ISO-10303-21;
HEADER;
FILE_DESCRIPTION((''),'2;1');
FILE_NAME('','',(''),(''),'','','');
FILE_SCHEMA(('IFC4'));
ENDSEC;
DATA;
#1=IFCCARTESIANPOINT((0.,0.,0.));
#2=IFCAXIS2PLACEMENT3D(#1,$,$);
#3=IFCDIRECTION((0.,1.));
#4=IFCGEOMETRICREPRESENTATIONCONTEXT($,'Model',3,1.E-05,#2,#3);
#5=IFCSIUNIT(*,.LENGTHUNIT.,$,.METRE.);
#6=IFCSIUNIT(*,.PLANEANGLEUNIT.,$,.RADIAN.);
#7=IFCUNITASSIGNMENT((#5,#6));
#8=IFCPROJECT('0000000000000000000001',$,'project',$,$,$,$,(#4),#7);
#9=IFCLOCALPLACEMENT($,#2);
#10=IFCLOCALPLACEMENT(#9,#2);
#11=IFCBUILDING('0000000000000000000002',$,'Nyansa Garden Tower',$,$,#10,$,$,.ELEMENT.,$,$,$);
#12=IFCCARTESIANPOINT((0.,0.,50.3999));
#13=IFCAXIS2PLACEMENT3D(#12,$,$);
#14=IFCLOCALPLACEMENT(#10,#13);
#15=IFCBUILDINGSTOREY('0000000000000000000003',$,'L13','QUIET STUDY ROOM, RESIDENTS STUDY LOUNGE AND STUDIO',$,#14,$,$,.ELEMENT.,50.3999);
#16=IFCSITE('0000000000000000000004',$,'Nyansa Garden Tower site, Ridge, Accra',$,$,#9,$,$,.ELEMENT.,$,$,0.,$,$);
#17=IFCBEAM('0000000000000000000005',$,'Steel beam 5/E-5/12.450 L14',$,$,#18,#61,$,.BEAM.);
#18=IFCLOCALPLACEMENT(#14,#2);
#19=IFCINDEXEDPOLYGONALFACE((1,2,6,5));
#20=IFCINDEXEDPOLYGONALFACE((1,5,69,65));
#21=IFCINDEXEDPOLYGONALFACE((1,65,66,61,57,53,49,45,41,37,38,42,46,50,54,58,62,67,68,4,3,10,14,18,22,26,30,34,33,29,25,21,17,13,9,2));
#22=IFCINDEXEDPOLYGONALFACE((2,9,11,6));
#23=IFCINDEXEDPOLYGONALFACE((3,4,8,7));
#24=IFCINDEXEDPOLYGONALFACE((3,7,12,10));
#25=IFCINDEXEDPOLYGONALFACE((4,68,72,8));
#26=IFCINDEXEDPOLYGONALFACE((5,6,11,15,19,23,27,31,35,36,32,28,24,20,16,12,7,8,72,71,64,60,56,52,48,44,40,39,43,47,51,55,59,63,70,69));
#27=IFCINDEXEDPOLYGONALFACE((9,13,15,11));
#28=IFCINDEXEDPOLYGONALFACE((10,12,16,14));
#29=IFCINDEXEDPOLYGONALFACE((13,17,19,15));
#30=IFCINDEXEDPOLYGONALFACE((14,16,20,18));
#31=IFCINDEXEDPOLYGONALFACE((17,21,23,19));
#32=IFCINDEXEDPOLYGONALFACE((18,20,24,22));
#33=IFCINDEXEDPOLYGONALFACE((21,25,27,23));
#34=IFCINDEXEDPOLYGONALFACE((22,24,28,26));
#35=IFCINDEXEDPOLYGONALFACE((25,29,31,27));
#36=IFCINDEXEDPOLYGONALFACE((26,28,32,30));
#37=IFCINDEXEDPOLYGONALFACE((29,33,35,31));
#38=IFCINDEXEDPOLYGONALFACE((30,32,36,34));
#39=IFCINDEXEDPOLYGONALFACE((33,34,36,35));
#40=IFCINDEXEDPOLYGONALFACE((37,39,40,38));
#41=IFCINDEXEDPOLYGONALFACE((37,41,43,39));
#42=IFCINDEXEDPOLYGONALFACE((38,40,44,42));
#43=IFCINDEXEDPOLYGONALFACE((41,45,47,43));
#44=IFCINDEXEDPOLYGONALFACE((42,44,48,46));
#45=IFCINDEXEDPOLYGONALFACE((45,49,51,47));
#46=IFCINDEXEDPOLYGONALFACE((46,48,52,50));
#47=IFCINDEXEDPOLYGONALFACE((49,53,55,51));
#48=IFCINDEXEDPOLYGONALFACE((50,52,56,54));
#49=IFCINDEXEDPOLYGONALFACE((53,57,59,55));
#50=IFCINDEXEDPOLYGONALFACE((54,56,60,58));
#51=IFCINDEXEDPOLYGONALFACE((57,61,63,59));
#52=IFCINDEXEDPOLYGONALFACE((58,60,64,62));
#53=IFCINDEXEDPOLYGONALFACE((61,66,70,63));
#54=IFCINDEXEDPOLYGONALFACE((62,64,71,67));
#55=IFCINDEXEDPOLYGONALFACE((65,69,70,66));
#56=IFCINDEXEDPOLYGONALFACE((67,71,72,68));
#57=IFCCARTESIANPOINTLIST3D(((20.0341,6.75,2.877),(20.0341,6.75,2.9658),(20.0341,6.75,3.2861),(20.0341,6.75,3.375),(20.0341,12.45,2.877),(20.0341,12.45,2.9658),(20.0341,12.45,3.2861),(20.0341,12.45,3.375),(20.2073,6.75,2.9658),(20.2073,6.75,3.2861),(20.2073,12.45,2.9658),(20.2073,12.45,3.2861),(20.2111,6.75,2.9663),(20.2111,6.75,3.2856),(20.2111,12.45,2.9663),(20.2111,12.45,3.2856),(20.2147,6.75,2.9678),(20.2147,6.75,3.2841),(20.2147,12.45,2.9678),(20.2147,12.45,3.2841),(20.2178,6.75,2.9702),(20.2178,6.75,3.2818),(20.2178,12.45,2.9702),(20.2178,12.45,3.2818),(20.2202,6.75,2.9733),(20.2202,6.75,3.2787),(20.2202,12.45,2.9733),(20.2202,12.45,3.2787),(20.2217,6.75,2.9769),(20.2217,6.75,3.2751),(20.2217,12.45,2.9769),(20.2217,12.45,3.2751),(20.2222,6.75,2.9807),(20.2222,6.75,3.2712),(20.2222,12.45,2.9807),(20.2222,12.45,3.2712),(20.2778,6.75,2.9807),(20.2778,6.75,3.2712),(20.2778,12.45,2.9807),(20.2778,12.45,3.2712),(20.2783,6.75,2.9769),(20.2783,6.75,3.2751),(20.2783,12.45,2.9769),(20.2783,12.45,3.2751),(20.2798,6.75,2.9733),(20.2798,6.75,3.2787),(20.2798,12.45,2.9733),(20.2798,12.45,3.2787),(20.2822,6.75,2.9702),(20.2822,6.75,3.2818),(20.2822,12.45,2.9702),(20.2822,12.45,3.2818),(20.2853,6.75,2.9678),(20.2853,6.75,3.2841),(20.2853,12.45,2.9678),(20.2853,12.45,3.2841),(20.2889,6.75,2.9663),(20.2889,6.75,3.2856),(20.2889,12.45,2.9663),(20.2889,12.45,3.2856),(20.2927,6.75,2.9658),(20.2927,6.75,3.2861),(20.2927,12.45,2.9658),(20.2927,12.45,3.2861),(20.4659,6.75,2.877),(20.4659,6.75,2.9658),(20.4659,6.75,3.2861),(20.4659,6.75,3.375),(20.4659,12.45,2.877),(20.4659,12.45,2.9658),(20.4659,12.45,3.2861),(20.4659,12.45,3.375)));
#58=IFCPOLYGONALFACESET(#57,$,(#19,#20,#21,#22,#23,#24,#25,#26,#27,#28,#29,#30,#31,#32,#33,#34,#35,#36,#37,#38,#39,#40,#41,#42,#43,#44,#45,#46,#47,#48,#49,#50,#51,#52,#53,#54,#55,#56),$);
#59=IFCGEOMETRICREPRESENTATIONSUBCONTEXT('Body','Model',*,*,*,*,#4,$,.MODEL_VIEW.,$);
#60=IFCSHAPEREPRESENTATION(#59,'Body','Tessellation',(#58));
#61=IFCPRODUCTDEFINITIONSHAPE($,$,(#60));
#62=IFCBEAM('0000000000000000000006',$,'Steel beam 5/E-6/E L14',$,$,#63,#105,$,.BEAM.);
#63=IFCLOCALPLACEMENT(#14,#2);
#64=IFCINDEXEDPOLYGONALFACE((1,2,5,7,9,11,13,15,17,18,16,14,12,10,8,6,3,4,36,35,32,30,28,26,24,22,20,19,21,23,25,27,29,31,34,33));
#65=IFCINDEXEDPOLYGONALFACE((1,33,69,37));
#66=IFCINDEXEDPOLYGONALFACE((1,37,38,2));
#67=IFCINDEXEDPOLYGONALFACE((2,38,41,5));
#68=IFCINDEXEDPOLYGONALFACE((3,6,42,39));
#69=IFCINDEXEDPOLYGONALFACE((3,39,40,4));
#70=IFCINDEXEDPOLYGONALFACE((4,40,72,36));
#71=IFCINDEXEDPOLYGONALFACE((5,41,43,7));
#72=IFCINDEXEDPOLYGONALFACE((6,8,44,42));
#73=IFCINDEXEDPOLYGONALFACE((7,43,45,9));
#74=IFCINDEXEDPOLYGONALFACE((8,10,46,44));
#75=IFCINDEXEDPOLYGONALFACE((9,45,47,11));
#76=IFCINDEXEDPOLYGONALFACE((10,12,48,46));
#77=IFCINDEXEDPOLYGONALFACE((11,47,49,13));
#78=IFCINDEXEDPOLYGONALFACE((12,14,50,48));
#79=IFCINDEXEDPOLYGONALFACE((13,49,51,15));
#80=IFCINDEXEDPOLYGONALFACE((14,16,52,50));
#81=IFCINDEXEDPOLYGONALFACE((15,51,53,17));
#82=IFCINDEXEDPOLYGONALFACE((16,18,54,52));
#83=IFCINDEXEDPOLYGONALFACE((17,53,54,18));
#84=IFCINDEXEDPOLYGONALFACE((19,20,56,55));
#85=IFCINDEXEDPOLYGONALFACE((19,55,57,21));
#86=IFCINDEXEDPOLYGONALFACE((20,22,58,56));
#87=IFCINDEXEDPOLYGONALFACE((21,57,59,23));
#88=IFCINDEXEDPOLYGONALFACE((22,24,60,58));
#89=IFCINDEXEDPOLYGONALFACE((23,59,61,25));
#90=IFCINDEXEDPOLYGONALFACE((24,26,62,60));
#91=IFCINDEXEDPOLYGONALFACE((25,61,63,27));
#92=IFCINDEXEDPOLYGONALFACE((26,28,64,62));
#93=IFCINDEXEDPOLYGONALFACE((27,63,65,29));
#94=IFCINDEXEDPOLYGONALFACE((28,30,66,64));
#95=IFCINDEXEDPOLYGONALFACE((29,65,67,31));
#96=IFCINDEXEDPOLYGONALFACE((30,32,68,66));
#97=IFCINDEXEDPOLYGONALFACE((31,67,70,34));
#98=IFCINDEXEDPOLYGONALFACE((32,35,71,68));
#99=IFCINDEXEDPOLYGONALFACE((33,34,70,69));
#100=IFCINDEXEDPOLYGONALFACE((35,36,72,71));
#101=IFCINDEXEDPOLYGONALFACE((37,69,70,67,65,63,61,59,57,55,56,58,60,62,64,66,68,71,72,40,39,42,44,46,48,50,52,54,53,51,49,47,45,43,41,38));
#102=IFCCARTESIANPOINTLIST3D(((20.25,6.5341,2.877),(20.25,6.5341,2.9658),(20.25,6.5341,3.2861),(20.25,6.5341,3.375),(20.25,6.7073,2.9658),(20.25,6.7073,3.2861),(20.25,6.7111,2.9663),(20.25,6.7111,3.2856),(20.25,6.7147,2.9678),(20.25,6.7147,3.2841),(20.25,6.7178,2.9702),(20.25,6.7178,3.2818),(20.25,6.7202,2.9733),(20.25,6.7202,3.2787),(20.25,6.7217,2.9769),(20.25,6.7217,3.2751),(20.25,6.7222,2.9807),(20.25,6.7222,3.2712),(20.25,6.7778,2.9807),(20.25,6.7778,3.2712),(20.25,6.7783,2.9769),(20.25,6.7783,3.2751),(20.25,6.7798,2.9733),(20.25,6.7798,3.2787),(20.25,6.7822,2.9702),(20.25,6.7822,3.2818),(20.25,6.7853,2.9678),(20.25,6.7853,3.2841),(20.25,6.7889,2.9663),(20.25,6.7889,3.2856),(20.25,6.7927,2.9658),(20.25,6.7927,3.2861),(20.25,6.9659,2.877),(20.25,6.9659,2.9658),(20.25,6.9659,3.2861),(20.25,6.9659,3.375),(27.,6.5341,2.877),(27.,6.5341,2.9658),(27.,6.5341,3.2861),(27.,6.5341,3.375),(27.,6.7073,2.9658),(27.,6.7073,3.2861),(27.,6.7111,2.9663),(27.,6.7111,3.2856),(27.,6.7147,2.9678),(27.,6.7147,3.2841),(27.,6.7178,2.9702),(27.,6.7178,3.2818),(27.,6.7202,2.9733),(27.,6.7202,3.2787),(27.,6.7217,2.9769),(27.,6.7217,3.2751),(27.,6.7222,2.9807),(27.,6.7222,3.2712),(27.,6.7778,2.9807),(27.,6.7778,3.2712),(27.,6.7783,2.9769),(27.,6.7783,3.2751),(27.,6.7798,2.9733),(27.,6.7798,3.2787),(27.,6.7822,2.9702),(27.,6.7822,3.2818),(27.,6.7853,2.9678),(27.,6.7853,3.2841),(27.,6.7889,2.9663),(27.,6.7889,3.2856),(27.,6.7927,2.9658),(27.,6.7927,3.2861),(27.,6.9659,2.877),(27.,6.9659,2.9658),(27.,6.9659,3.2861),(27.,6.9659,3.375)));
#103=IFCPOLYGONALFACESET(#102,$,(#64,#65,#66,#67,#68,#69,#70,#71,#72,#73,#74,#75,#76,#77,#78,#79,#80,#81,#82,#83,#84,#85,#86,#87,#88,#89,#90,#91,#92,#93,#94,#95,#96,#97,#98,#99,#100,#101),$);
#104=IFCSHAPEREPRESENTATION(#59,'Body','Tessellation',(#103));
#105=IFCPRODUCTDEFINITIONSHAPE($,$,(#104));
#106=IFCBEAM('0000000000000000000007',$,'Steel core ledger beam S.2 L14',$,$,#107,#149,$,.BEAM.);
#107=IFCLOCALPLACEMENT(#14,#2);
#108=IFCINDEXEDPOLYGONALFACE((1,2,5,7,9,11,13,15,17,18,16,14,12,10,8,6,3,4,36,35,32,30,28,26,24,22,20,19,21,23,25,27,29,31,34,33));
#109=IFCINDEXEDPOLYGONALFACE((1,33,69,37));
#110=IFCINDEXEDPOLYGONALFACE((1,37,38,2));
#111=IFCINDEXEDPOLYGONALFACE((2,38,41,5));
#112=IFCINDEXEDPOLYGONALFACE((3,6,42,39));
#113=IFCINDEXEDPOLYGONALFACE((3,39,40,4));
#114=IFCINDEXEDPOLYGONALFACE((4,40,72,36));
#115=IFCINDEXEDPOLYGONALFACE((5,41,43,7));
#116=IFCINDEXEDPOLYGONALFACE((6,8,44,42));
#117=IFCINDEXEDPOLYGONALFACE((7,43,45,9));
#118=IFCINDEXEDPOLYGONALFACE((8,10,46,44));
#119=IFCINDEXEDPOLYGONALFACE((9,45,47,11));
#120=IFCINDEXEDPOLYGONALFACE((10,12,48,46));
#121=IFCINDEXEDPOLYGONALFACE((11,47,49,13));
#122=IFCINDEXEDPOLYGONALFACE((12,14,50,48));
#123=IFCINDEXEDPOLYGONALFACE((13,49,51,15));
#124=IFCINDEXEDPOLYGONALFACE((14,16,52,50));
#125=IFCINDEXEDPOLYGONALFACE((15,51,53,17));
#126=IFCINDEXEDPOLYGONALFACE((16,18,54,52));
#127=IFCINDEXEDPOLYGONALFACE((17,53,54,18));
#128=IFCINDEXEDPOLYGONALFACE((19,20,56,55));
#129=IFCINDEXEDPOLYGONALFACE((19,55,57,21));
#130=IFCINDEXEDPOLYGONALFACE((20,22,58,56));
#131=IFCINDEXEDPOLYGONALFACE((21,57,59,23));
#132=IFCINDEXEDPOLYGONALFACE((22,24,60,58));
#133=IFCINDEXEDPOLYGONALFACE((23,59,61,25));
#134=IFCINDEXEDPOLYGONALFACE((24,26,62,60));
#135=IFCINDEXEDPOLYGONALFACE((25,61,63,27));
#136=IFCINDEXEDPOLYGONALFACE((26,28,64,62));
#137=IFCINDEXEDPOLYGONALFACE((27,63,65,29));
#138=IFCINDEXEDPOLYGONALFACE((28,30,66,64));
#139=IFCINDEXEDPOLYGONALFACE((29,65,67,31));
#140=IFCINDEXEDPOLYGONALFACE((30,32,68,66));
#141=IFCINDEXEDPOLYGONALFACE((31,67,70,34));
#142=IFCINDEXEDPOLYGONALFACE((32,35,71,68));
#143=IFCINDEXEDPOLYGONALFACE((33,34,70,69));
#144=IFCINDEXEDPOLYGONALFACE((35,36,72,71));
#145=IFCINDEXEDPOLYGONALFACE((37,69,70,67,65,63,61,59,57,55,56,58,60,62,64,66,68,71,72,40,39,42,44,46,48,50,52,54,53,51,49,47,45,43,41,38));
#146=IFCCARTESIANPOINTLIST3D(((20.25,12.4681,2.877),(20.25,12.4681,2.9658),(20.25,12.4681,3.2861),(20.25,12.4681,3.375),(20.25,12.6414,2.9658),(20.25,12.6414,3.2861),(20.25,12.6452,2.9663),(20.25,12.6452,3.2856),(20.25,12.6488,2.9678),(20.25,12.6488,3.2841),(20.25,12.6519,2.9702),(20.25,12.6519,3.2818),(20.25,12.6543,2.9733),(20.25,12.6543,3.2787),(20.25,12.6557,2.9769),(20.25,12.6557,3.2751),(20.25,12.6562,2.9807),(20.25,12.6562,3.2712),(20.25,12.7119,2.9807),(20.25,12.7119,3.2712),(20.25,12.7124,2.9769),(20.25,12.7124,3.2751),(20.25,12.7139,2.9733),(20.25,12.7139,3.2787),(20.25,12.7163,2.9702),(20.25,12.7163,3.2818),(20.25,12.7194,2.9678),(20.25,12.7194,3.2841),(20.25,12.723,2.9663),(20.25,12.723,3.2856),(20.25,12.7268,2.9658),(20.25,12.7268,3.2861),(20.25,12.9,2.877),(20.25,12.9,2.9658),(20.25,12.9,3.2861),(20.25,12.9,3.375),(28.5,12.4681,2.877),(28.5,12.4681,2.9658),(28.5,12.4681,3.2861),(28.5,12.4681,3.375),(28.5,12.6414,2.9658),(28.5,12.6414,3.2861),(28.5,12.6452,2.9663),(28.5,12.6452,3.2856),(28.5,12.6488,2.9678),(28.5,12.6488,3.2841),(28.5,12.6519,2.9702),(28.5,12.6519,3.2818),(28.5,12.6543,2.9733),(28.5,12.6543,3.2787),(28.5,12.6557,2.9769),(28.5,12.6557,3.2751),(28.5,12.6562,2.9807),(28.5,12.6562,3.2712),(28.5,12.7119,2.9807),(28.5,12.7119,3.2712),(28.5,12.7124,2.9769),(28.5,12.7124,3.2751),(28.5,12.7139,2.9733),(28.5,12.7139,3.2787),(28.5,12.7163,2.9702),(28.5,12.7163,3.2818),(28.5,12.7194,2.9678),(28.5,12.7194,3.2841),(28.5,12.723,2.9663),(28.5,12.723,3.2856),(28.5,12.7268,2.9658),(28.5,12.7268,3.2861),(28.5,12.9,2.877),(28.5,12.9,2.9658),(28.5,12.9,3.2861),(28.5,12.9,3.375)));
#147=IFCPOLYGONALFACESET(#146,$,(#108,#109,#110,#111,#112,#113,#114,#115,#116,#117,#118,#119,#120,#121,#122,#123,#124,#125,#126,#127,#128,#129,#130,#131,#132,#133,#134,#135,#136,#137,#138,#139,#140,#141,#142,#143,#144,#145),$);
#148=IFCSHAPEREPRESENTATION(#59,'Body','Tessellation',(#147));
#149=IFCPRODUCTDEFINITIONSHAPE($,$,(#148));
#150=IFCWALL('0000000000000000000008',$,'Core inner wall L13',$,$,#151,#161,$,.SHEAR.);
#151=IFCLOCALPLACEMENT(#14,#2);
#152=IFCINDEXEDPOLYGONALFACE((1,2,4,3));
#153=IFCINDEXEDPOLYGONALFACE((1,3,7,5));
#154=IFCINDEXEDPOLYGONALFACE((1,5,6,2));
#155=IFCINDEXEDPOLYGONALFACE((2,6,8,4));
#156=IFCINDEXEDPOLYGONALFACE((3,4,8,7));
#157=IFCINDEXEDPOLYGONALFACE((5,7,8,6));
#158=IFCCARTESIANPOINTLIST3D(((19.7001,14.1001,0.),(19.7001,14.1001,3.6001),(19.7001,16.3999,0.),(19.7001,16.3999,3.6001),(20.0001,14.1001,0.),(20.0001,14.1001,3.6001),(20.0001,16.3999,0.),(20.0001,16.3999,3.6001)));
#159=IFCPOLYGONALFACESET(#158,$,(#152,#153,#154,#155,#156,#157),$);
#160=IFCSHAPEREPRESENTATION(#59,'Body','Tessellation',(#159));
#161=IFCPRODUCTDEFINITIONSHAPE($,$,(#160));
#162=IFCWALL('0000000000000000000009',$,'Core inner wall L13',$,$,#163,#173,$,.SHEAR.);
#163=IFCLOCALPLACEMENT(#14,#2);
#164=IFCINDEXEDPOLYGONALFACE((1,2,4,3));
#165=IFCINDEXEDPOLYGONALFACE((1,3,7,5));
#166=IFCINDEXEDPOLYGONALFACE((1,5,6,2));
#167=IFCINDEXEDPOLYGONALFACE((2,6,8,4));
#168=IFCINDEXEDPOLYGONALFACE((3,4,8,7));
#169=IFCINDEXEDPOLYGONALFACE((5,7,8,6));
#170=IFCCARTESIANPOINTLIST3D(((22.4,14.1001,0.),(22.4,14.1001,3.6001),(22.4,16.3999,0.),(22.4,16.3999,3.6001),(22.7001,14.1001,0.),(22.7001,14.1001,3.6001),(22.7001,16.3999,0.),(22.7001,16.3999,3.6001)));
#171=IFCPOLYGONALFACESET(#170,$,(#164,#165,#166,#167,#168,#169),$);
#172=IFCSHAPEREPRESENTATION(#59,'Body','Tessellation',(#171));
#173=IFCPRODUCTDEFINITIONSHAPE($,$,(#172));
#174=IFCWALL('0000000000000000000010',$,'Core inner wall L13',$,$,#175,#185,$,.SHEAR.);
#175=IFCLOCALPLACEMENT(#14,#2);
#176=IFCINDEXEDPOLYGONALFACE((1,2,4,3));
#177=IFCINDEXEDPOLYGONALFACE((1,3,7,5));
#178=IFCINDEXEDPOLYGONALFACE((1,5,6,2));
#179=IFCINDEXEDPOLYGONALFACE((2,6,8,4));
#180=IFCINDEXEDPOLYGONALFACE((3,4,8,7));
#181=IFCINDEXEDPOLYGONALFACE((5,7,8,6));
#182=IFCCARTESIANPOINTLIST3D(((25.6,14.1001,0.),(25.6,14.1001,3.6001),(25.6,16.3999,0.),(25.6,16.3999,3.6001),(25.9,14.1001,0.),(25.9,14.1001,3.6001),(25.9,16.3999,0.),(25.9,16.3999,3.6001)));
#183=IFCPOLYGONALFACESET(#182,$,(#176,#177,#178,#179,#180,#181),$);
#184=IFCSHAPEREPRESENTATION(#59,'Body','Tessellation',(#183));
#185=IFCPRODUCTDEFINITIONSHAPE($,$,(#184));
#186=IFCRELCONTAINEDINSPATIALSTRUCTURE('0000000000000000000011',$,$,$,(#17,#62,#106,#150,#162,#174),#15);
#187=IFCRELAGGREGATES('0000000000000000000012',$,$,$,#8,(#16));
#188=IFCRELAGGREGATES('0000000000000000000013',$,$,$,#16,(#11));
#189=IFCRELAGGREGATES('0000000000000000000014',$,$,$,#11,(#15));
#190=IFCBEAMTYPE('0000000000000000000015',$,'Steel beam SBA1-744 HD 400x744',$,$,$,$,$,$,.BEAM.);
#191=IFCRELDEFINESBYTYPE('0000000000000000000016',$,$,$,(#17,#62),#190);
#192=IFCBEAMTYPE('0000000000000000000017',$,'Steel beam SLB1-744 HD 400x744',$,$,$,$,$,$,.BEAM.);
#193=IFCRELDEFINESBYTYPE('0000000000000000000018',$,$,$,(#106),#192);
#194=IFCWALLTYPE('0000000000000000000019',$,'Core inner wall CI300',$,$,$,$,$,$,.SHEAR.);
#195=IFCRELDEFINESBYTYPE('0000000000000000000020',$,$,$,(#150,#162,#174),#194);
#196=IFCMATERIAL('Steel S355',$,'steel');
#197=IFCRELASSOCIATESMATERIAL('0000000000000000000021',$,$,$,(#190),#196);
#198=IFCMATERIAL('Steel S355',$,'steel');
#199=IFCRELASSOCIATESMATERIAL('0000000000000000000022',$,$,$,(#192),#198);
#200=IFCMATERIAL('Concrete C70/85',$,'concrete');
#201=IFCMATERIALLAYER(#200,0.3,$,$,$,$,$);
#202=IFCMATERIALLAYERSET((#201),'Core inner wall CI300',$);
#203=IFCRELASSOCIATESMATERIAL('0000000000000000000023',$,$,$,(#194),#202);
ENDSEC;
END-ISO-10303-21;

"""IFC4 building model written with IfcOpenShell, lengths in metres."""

from ifc_helpers import new_model, si_unit, direction, frame, frame_2d, origin, origin_2d, place, context, subcontext, project, spatial, rectangle, i_section, extrude, material, layer, layer_set, material_profile, profile_set, type_object, element, save


model = new_model("IFC4")

# Units and contexts
model_context = context("Model", 3, precision=1e-05, world=origin(), true_north=direction((0.0, 1.0)))
body_context = subcontext(model_context, "Body", "Model", "MODEL_VIEW")
ifc_project = project(units=[si_unit("LENGTHUNIT", "METRE"), si_unit("PLANEANGLEUNIT", "RADIAN")], contexts=[model_context])

# Site, building, storey
site_placement = place(None, origin())
site = spatial("IfcSite", under=ifc_project, at=site_placement, Name="Nyansa Garden Tower site, Ridge, Accra", CompositionType="ELEMENT", RefElevation=0.0)
building_placement = place(site_placement, origin())
building = spatial("IfcBuilding", under=site, at=building_placement, Name="Nyansa Garden Tower", CompositionType="ELEMENT")
storey_placement = place(building_placement, frame((0.0, 0.0, 50.3999)))
storey = spatial("IfcBuildingStorey", under=building, at=storey_placement, Name="L13", Description="QUIET STUDY ROOM, RESIDENTS STUDY LOUNGE AND STUDIO", CompositionType="ELEMENT", Elevation=50.3999)

# Beams
ifc_material_1 = material(Name="Steel S355", Category="steel")
ifc_material_profile_1 = material_profile(ifc_material_1, i_section(OverallWidth=0.4319, OverallDepth=0.498, WebThickness=0.0557, FlangeThickness=0.0889, FilletRadius=0.0149, at=origin_2d()), Name="HD 400x744")
ifc_profile_set_1 = profile_set([ifc_material_profile_1], Name="Steel S355")
beam_type_1 = type_object("IfcBeamType", Name="Steel beam SBA1-744 HD 400x744", PredefinedType="BEAM", material=ifc_profile_set_1)
beam_1_placement = place(storey_placement, frame((20.25, 6.75, 3.126), z_axis=(0.0, 1.0, 0.0), x_axis=(-1.0, 0.0, 0.0)))
element("IfcBeam", 1, at=beam_1_placement, inside=storey, type_object=beam_type_1, Name="Steel beam 5/E-5/12.450 L14", PredefinedType="BEAM", context=body_context, shape_type="SweptSolid", body=[
    extrude(i_section(OverallWidth=0.4319, OverallDepth=0.498, WebThickness=0.0557, FlangeThickness=0.0889, FilletRadius=0.0149, at=origin_2d()), origin(), (0.0, 0.0, 1.0), 5.7),
])
beam_2_placement = place(storey_placement, frame((20.25, 6.75, 3.126), z_axis=(1.0, 0.0, 0.0), x_axis=(0.0, 1.0, 0.0)))
element("IfcBeam", 2, at=beam_2_placement, inside=storey, type_object=beam_type_1, Name="Steel beam 5/E-6/E L14", PredefinedType="BEAM", context=body_context, shape_type="SweptSolid", body=[
    extrude(i_section(OverallWidth=0.4319, OverallDepth=0.498, WebThickness=0.0557, FlangeThickness=0.0889, FilletRadius=0.0149, at=origin_2d()), origin(), (0.0, 0.0, 1.0), 6.75),
])
ifc_material_2 = material(Name="Steel S355", Category="steel")
ifc_material_profile_2 = material_profile(ifc_material_2, i_section(OverallWidth=0.4319, OverallDepth=0.498, WebThickness=0.0557, FlangeThickness=0.0889, FilletRadius=0.0149, at=origin_2d()), Name="HD 400x744")
ifc_profile_set_2 = profile_set([ifc_material_profile_2], Name="Steel S355")
beam_type_2 = type_object("IfcBeamType", Name="Steel beam SLB1-744 HD 400x744", PredefinedType="BEAM", material=ifc_profile_set_2)
beam_3_placement = place(storey_placement, frame((20.25, 12.6841, 3.126), z_axis=(1.0, 0.0, 0.0), x_axis=(0.0, 1.0, 0.0)))
element("IfcBeam", 3, at=beam_3_placement, inside=storey, type_object=beam_type_2, Name="Steel core ledger beam S.2 L14", PredefinedType="BEAM", context=body_context, shape_type="SweptSolid", body=[
    extrude(i_section(OverallWidth=0.4319, OverallDepth=0.498, WebThickness=0.0557, FlangeThickness=0.0889, FilletRadius=0.0149, at=origin_2d()), origin(), (0.0, 0.0, 1.0), 8.25),
])

# Walls
ifc_material_3 = material(Name="Concrete C70/85", Category="concrete")
ifc_layer_1 = layer(ifc_material_3, 0.3)
ifc_layer_set_1 = layer_set([ifc_layer_1], Name="Core inner wall CI300")
wall_type_1 = type_object("IfcWallType", Name="Core inner wall CI300", PredefinedType="SHEAR", material=ifc_layer_set_1)
for number, where, z_axis, x_axis, name in (
    (4, (19.8501, 14.1001, 0.0), (0.0, 0.0, 1.0), (0.0, 1.0, 0.0), "Core inner wall L13"),
    (5, (22.55, 14.1001, 0.0), (0.0, 0.0, 1.0), (0.0, 1.0, 0.0), "Core inner wall L13"),
    (6, (25.75, 14.1001, 0.0), (0.0, 0.0, 1.0), (0.0, 1.0, 0.0), "Core inner wall L13"),
):
    element("IfcWall", number, at=place(storey_placement, frame(where, z_axis=z_axis, x_axis=x_axis)), inside=storey, type_object=wall_type_1, Name=name, PredefinedType="SHEAR", context=body_context, shape_type="SweptSolid", body=[
        extrude(rectangle(XDim=2.2998, YDim=0.3, at=frame_2d((1.1499, 0.0))), origin(), (0.0, 0.0, 1.0), 3.6001),
    ])

save(model, "model.ifc")
